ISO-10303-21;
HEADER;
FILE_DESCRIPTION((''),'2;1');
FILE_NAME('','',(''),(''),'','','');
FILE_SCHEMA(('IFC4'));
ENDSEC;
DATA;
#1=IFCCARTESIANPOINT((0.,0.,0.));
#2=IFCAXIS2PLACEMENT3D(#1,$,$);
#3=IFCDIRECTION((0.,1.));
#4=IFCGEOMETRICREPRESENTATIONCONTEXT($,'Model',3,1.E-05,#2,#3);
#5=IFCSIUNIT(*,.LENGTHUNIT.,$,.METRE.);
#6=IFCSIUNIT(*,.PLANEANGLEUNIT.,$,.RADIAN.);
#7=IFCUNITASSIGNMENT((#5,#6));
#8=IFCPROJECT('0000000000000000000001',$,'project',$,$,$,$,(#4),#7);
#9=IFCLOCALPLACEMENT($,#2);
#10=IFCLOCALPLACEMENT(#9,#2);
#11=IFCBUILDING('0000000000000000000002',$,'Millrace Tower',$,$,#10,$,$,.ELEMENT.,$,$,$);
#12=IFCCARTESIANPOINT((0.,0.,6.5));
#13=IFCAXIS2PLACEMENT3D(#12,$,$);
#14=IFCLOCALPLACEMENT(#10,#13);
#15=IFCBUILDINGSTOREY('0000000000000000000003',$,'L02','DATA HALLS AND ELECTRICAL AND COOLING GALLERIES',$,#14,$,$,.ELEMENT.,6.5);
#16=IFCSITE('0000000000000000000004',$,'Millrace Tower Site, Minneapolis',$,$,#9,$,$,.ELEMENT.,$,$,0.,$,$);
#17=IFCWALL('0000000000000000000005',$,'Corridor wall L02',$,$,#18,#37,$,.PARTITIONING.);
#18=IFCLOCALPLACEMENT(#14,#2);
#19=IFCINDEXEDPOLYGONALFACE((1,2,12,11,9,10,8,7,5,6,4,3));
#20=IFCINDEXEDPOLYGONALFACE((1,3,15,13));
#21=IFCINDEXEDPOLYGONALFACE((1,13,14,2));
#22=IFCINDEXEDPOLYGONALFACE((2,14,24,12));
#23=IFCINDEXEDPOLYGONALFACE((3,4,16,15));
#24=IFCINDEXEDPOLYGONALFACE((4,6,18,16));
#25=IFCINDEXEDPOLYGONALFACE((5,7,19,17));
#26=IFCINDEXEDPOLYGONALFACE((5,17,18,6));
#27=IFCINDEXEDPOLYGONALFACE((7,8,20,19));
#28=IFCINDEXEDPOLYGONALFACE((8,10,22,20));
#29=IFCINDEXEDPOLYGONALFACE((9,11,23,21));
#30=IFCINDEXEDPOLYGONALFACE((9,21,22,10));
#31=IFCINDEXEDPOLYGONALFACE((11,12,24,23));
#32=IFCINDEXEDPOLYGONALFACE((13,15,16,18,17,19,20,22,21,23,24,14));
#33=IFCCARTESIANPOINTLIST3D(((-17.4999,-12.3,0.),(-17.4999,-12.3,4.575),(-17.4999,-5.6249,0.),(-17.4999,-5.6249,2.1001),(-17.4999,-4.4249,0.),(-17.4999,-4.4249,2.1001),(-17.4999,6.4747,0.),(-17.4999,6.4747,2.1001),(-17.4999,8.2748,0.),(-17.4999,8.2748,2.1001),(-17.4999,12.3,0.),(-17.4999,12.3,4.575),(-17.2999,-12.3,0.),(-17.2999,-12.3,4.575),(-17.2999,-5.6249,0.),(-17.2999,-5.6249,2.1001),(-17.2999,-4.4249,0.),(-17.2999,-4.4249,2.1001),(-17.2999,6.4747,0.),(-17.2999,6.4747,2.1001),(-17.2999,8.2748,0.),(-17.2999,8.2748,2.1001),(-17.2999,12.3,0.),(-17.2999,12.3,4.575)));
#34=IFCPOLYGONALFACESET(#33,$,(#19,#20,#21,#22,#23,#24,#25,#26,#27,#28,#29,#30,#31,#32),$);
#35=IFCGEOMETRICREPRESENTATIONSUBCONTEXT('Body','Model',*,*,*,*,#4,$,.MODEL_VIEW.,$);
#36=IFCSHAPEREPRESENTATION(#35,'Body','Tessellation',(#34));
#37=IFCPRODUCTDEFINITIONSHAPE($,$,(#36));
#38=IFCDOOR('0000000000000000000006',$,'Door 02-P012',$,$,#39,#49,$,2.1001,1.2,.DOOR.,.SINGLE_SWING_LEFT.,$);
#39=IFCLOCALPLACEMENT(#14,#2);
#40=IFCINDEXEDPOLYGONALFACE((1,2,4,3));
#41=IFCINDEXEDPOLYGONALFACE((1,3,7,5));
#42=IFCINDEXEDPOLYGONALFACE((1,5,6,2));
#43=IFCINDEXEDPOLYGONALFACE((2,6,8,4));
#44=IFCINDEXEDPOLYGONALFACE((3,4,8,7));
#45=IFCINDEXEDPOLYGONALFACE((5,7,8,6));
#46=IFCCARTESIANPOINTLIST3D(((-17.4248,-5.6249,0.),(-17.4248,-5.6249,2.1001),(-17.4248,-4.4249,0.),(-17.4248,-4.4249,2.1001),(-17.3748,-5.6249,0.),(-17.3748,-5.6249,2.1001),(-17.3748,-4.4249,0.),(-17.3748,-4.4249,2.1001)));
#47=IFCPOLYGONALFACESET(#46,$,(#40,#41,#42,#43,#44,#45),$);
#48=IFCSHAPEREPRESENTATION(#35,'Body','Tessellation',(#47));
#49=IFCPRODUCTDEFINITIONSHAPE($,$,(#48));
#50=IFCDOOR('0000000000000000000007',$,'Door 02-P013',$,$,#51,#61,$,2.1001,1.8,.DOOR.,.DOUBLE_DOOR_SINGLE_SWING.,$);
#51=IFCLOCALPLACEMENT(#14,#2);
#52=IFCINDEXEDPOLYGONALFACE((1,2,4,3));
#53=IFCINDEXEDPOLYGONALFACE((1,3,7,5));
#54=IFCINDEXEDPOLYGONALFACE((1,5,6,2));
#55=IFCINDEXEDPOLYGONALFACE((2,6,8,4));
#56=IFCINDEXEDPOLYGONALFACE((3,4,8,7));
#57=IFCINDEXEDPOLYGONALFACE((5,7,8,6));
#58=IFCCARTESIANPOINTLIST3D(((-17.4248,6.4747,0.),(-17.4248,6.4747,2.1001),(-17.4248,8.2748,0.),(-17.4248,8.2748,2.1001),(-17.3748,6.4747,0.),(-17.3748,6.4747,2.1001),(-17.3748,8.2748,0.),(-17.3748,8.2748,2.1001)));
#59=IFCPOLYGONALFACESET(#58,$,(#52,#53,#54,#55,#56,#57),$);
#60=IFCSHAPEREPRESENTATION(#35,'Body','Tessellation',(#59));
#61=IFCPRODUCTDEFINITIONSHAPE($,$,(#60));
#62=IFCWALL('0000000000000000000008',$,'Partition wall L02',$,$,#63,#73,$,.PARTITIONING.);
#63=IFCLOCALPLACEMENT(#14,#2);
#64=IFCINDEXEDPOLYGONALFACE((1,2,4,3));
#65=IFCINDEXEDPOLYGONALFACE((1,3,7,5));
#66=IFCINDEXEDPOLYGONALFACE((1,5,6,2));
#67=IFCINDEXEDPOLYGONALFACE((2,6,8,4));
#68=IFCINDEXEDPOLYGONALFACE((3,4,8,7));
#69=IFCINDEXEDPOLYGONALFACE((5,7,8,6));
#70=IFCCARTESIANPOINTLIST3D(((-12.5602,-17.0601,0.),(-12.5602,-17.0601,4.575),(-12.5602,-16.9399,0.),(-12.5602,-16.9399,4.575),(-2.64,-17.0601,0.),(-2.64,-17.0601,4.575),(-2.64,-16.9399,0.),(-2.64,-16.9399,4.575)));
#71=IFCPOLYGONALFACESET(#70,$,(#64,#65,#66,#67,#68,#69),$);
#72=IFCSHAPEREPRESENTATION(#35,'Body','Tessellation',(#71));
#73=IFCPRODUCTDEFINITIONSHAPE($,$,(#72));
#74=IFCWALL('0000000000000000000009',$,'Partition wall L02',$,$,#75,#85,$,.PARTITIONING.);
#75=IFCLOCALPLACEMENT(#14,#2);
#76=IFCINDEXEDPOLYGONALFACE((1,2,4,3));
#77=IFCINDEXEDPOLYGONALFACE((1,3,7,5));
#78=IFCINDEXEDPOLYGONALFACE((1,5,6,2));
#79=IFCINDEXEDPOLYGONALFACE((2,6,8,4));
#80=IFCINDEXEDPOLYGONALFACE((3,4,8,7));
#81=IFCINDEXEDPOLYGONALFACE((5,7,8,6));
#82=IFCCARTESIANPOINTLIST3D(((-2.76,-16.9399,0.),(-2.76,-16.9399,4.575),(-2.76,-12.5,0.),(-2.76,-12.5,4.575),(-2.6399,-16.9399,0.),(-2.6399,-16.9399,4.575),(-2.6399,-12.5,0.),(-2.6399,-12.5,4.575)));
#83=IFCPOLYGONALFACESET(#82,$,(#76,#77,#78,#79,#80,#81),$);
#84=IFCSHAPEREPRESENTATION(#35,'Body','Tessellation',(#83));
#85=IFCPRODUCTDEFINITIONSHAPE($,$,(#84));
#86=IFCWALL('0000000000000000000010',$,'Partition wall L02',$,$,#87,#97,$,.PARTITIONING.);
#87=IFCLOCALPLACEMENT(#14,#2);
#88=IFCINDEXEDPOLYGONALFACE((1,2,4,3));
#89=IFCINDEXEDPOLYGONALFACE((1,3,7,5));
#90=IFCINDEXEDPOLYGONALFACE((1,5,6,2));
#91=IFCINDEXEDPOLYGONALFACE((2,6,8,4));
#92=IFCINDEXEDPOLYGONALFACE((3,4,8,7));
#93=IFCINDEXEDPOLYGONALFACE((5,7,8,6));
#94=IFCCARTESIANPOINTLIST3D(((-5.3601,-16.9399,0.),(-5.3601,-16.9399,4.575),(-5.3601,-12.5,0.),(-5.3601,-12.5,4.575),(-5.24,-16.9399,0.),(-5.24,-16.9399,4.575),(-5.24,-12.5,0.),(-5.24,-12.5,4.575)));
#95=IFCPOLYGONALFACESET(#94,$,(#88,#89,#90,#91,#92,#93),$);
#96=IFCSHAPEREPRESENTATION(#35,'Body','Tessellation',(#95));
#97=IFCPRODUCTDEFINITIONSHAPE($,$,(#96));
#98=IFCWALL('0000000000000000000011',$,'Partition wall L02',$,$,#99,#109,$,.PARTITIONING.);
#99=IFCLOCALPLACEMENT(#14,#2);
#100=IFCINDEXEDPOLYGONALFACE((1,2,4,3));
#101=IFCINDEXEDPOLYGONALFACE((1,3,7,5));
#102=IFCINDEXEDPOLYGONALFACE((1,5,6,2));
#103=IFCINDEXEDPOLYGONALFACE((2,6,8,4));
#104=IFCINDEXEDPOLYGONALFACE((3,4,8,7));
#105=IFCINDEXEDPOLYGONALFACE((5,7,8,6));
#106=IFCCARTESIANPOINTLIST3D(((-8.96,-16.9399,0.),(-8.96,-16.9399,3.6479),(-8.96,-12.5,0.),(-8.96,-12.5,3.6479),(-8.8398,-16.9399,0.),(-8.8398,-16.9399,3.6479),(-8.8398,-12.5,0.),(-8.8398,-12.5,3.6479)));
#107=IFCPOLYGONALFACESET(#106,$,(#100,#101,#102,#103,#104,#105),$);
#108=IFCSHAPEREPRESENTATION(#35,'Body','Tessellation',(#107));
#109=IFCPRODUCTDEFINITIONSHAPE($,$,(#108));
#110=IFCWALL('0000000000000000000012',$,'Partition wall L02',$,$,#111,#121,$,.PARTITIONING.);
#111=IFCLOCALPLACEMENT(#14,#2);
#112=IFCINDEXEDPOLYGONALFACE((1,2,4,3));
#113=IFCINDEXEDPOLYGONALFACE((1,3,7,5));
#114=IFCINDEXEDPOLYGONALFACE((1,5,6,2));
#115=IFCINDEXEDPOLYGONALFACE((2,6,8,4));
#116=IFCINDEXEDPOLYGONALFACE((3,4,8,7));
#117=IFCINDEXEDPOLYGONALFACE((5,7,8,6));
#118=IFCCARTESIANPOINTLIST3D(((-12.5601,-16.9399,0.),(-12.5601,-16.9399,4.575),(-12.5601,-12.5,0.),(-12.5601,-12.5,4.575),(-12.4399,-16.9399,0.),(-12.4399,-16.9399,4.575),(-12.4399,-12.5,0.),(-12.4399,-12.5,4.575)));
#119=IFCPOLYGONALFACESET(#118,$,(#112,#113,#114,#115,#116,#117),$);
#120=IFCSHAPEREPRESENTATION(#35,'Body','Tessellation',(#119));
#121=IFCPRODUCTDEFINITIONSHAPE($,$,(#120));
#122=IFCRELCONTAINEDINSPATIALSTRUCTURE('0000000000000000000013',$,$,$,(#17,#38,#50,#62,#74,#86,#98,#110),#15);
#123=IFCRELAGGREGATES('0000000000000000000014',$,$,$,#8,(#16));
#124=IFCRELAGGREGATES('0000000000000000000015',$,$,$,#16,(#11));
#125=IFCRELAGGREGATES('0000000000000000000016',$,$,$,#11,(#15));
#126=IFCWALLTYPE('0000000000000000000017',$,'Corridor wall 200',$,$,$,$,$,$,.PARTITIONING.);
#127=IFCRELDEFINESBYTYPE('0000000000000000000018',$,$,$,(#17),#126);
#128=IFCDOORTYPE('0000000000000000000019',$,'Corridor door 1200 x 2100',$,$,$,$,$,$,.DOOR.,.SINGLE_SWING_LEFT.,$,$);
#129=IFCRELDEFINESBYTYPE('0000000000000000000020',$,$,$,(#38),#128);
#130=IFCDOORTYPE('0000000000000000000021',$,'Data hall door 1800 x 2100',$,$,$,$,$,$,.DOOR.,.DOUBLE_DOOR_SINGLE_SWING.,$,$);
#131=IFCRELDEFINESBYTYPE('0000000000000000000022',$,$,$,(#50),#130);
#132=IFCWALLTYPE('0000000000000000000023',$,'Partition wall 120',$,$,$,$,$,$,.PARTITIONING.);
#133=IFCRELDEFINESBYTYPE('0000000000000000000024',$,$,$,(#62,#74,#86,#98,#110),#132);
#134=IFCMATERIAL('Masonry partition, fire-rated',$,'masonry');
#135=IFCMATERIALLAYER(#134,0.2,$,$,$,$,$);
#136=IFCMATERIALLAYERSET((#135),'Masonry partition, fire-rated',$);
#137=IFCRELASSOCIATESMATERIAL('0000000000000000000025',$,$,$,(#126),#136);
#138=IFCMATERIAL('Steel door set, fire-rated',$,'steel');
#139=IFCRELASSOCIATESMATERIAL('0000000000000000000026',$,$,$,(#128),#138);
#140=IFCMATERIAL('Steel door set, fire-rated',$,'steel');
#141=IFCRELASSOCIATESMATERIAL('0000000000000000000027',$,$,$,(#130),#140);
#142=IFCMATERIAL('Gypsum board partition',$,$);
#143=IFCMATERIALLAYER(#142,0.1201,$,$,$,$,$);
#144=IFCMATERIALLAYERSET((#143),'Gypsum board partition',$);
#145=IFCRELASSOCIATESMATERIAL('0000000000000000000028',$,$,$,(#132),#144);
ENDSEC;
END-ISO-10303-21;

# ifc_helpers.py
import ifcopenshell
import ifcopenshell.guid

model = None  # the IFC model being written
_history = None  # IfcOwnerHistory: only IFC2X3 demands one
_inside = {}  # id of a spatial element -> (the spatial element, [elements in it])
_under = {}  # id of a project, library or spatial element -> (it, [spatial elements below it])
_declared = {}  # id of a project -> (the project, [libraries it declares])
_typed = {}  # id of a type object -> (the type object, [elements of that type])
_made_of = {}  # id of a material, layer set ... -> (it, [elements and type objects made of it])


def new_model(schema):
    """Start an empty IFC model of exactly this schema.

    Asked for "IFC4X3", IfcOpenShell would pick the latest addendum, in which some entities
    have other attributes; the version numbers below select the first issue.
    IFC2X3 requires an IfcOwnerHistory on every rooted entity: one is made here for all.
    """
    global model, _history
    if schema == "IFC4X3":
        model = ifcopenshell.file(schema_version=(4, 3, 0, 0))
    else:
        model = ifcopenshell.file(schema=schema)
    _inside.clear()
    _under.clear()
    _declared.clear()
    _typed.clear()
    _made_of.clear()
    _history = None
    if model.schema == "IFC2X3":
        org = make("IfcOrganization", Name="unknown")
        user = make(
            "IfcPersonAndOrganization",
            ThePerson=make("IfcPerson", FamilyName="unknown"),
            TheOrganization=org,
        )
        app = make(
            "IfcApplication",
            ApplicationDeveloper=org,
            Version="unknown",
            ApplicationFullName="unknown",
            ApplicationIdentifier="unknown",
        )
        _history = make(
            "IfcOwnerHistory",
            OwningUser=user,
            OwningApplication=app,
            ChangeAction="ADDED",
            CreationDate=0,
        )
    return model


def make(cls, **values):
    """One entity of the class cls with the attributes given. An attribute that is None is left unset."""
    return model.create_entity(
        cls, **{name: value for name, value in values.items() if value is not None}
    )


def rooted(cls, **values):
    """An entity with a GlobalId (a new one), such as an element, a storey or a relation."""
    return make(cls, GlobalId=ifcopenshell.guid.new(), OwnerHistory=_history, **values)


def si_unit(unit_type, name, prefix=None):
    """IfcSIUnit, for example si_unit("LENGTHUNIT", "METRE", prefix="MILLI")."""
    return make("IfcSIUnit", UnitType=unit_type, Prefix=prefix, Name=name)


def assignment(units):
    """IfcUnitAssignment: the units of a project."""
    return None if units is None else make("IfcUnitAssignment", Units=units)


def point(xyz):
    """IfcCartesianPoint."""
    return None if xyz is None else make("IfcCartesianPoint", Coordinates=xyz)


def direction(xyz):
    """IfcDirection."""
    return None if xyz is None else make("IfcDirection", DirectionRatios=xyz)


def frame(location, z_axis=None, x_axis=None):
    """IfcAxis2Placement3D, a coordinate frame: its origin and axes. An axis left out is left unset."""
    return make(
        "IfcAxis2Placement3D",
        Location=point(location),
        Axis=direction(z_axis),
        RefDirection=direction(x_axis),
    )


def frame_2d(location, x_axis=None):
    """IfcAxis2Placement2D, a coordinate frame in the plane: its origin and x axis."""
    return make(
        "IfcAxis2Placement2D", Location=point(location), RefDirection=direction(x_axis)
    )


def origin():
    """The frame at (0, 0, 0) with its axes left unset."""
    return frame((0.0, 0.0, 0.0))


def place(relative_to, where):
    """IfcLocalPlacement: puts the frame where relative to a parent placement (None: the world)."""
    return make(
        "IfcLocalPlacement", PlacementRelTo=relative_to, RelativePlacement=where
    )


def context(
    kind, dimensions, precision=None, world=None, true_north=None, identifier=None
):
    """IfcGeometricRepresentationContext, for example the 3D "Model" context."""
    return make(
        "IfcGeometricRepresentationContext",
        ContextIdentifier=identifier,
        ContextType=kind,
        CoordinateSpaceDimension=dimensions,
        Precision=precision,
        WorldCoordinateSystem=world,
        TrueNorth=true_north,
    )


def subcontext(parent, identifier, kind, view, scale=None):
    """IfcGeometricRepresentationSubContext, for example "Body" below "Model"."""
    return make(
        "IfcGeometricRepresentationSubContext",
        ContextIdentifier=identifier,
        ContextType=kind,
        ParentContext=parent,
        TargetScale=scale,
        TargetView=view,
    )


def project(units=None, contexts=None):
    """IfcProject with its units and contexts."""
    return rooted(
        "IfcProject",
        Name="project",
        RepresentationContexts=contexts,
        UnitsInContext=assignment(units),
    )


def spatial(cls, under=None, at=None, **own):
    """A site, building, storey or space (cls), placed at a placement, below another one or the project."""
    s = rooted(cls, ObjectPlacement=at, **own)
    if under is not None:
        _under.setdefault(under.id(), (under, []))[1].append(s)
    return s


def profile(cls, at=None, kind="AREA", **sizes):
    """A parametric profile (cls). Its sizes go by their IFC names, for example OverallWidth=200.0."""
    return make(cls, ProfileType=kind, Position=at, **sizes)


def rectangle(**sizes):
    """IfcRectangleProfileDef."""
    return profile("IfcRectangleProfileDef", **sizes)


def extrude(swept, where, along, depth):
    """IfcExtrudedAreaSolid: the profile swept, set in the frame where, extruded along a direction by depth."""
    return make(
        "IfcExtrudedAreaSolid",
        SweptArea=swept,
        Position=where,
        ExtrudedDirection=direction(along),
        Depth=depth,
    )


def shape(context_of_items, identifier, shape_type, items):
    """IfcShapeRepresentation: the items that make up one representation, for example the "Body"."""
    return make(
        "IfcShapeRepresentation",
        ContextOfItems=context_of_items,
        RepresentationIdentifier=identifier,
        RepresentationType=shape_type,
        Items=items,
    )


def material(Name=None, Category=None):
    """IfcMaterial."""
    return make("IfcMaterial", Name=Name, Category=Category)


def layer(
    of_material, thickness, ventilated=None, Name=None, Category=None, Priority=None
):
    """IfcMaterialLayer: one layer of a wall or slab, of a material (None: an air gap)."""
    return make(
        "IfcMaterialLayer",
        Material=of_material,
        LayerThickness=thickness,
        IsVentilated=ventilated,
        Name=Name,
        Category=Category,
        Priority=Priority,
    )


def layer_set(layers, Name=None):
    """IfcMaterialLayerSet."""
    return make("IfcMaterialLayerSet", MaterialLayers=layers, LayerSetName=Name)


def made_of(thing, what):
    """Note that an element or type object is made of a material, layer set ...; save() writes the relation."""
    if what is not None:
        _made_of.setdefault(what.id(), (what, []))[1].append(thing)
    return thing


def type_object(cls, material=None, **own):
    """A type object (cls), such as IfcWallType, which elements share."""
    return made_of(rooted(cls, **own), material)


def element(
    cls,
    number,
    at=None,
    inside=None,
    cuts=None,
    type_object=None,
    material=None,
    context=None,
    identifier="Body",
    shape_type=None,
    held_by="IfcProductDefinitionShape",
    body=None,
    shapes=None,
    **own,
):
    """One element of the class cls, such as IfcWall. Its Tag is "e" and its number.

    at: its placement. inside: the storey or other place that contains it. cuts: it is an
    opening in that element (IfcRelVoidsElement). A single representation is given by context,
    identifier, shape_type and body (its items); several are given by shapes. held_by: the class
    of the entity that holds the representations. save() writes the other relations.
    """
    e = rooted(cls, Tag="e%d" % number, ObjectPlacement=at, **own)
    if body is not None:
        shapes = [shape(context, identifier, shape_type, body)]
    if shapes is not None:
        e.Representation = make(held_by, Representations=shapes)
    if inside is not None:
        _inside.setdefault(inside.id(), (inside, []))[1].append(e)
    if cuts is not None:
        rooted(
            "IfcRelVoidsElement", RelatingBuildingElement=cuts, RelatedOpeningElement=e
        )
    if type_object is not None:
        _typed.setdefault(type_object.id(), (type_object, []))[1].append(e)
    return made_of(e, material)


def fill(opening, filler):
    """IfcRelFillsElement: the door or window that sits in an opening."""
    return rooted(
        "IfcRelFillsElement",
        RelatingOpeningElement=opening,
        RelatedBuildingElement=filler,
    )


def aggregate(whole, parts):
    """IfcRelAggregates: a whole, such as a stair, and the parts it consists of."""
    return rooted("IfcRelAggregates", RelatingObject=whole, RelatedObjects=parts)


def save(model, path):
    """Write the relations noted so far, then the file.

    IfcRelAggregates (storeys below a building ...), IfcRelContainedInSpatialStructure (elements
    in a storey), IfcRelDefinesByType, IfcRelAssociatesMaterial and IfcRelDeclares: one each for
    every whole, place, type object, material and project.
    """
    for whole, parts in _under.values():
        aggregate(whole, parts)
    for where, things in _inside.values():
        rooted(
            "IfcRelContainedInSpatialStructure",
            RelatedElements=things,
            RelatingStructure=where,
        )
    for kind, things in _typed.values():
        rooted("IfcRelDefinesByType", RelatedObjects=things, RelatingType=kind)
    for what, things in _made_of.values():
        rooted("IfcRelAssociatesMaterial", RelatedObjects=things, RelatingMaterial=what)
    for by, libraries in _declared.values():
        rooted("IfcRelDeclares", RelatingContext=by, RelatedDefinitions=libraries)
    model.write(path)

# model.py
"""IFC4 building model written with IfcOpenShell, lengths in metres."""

from ifc_helpers import new_model, si_unit, direction, frame, frame_2d, origin, place, context, subcontext, project, spatial, rectangle, extrude, material, layer, layer_set, type_object, element, fill, save


model = new_model("IFC4")

# Units and contexts
model_context = context("Model", 3, precision=1e-05, world=origin(), true_north=direction((0.0, 1.0)))
body_context = subcontext(model_context, "Body", "Model", "MODEL_VIEW")
ifc_project = project(units=[si_unit("LENGTHUNIT", "METRE"), si_unit("PLANEANGLEUNIT", "RADIAN")], contexts=[model_context])

# Site, building, storey
site_placement = place(None, origin())
site = spatial("IfcSite", under=ifc_project, at=site_placement, Name="Millrace Tower Site, Minneapolis", CompositionType="ELEMENT", RefElevation=0.0)
building_placement = place(site_placement, origin())
building = spatial("IfcBuilding", under=site, at=building_placement, Name="Millrace Tower", CompositionType="ELEMENT")
storey_placement = place(building_placement, frame((0.0, 0.0, 6.5)))
storey = spatial("IfcBuildingStorey", under=building, at=storey_placement, Name="L02", Description="DATA HALLS AND ELECTRICAL AND COOLING GALLERIES", CompositionType="ELEMENT", Elevation=6.5)

# Shared definitions
ifc_material_1 = material(Name="Masonry partition, fire-rated", Category="masonry")
ifc_layer_1 = layer(ifc_material_1, 0.2)
ifc_layer_set_1 = layer_set([ifc_layer_1], Name="Masonry partition, fire-rated")
wall_type_1 = type_object("IfcWallType", Name="Corridor wall 200", PredefinedType="PARTITIONING", material=ifc_layer_set_1)

# Wall, openings, doors
wall_1_placement = place(storey_placement, frame((-17.3999, -12.3, 0.0), z_axis=(0.0, 0.0, 1.0), x_axis=(0.0, 1.0, 0.0)))
wall_1 = element("IfcWall", 1, at=wall_1_placement, inside=storey, type_object=wall_type_1, Name="Corridor wall L02", PredefinedType="PARTITIONING", context=body_context, shape_type="SweptSolid", body=[
    extrude(rectangle(XDim=24.6001, YDim=0.2, at=frame_2d((12.3, 0.0))), origin(), (0.0, 0.0, 1.0), 4.575),
])
opening_1_placement = place(wall_1_placement, frame((6.675, 0.0, 0.0)))
opening_1 = element("IfcOpeningElement", 2, at=opening_1_placement, cuts=wall_1, PredefinedType="OPENING", context=body_context, shape_type="SweptSolid", body=[
    extrude(rectangle(XDim=1.2, YDim=2.1001, at=frame_2d((0.6001, 1.05))), frame((0.0, 0.1099, 0.0), z_axis=(0.0, -1.0, 0.0), x_axis=(1.0, 0.0, 0.0)), (0.0, 0.0, 1.0), 0.22),
])
opening_2_placement = place(wall_1_placement, frame((18.7749, 0.0, 0.0)))
opening_2 = element("IfcOpeningElement", 3, at=opening_2_placement, cuts=wall_1, PredefinedType="OPENING", context=body_context, shape_type="SweptSolid", body=[
    extrude(rectangle(XDim=1.8, YDim=2.1001, at=frame_2d((0.8999, 1.05))), frame((0.0, 0.1099, 0.0), z_axis=(0.0, -1.0, 0.0), x_axis=(1.0, 0.0, 0.0)), (0.0, 0.0, 1.0), 0.22),
])
ifc_material_2 = material(Name="Steel door set, fire-rated", Category="steel")
door_type_1 = type_object("IfcDoorType", Name="Corridor door 1200 x 2100", OperationType="SINGLE_SWING_LEFT", PredefinedType="DOOR", material=ifc_material_2)
door_1_placement = place(opening_1_placement, origin())
door_1 = element("IfcDoor", 4, at=door_1_placement, inside=storey, type_object=door_type_1, Name="Door 02-P012", OperationType="SINGLE_SWING_LEFT", OverallHeight=2.1001, OverallWidth=1.2, PredefinedType="DOOR", context=body_context, shape_type="SweptSolid", body=[
    extrude(rectangle(XDim=1.2, YDim=2.1001, at=frame_2d((0.6001, 1.05))), frame((0.0, 0.0249, 0.0), z_axis=(0.0, -1.0, 0.0), x_axis=(1.0, 0.0, 0.0)), (0.0, 0.0, 1.0), 0.05),
])
fill(opening_1, door_1)
ifc_material_3 = material(Name="Steel door set, fire-rated", Category="steel")
door_type_2 = type_object("IfcDoorType", Name="Data hall door 1800 x 2100", OperationType="DOUBLE_DOOR_SINGLE_SWING", PredefinedType="DOOR", material=ifc_material_3)
door_2_placement = place(opening_2_placement, origin())
door_2 = element("IfcDoor", 5, at=door_2_placement, inside=storey, type_object=door_type_2, Name="Door 02-P013", OperationType="DOUBLE_DOOR_SINGLE_SWING", OverallHeight=2.1001, OverallWidth=1.8, PredefinedType="DOOR", context=body_context, shape_type="SweptSolid", body=[
    extrude(rectangle(XDim=1.8, YDim=2.1001, at=frame_2d((0.8999, 1.05))), frame((0.0, 0.0249, 0.0), z_axis=(0.0, -1.0, 0.0), x_axis=(1.0, 0.0, 0.0)), (0.0, 0.0, 1.0), 0.05),
])
fill(opening_2, door_2)

# Walls
ifc_material_4 = material(Name="Gypsum board partition")
ifc_layer_2 = layer(ifc_material_4, 0.1201)
ifc_layer_set_2 = layer_set([ifc_layer_2], Name="Gypsum board partition")
wall_type_2 = type_object("IfcWallType", Name="Partition wall 120", PredefinedType="PARTITIONING", material=ifc_layer_set_2)
wall_2_placement = place(storey_placement, frame((-12.5601, -17.0, 0.0), z_axis=(0.0, 0.0, 1.0), x_axis=(1.0, 0.0, 0.0)))
element("IfcWall", 6, at=wall_2_placement, inside=storey, type_object=wall_type_2, Name="Partition wall L02", PredefinedType="PARTITIONING", context=body_context, shape_type="SweptSolid", body=[
    extrude(rectangle(XDim=9.9202, YDim=0.1201, at=frame_2d((4.96, 0.0))), origin(), (0.0, 0.0, 1.0), 4.575),
])
for number, where, z_axis, x_axis, name in (
    (7, (-2.7, -16.9399, 0.0), (0.0, 0.0, 1.0), (0.0, 1.0, 0.0), "Partition wall L02"),
    (8, (-5.3, -16.9399, 0.0), (0.0, 0.0, 1.0), (0.0, 1.0, 0.0), "Partition wall L02"),
):
    element("IfcWall", number, at=place(storey_placement, frame(where, z_axis=z_axis, x_axis=x_axis)), inside=storey, type_object=wall_type_2, Name=name, PredefinedType="PARTITIONING", context=body_context, shape_type="SweptSolid", body=[
        extrude(rectangle(XDim=4.4399, YDim=0.1201, at=frame_2d((2.22, 0.0))), origin(), (0.0, 0.0, 1.0), 4.575),
    ])
wall_3_placement = place(storey_placement, frame((-8.8999, -16.9399, 0.0), z_axis=(0.0, 0.0, 1.0), x_axis=(0.0, 1.0, 0.0)))
element("IfcWall", 9, at=wall_3_placement, inside=storey, type_object=wall_type_2, Name="Partition wall L02", PredefinedType="PARTITIONING", context=body_context, shape_type="SweptSolid", body=[
    extrude(rectangle(XDim=4.4399, YDim=0.1201, at=frame_2d((2.22, 0.0))), origin(), (0.0, 0.0, 1.0), 3.6479),
])
wall_4_placement = place(storey_placement, frame((-12.5, -16.9399, 0.0), z_axis=(0.0, 0.0, 1.0), x_axis=(0.0, 1.0, 0.0)))
element("IfcWall", 10, at=wall_4_placement, inside=storey, type_object=wall_type_2, Name="Partition wall L02", PredefinedType="PARTITIONING", context=body_context, shape_type="SweptSolid", body=[
    extrude(rectangle(XDim=4.4399, YDim=0.1201, at=frame_2d((2.22, 0.0))), origin(), (0.0, 0.0, 1.0), 4.575),
])

save(model, "model.ifc")
